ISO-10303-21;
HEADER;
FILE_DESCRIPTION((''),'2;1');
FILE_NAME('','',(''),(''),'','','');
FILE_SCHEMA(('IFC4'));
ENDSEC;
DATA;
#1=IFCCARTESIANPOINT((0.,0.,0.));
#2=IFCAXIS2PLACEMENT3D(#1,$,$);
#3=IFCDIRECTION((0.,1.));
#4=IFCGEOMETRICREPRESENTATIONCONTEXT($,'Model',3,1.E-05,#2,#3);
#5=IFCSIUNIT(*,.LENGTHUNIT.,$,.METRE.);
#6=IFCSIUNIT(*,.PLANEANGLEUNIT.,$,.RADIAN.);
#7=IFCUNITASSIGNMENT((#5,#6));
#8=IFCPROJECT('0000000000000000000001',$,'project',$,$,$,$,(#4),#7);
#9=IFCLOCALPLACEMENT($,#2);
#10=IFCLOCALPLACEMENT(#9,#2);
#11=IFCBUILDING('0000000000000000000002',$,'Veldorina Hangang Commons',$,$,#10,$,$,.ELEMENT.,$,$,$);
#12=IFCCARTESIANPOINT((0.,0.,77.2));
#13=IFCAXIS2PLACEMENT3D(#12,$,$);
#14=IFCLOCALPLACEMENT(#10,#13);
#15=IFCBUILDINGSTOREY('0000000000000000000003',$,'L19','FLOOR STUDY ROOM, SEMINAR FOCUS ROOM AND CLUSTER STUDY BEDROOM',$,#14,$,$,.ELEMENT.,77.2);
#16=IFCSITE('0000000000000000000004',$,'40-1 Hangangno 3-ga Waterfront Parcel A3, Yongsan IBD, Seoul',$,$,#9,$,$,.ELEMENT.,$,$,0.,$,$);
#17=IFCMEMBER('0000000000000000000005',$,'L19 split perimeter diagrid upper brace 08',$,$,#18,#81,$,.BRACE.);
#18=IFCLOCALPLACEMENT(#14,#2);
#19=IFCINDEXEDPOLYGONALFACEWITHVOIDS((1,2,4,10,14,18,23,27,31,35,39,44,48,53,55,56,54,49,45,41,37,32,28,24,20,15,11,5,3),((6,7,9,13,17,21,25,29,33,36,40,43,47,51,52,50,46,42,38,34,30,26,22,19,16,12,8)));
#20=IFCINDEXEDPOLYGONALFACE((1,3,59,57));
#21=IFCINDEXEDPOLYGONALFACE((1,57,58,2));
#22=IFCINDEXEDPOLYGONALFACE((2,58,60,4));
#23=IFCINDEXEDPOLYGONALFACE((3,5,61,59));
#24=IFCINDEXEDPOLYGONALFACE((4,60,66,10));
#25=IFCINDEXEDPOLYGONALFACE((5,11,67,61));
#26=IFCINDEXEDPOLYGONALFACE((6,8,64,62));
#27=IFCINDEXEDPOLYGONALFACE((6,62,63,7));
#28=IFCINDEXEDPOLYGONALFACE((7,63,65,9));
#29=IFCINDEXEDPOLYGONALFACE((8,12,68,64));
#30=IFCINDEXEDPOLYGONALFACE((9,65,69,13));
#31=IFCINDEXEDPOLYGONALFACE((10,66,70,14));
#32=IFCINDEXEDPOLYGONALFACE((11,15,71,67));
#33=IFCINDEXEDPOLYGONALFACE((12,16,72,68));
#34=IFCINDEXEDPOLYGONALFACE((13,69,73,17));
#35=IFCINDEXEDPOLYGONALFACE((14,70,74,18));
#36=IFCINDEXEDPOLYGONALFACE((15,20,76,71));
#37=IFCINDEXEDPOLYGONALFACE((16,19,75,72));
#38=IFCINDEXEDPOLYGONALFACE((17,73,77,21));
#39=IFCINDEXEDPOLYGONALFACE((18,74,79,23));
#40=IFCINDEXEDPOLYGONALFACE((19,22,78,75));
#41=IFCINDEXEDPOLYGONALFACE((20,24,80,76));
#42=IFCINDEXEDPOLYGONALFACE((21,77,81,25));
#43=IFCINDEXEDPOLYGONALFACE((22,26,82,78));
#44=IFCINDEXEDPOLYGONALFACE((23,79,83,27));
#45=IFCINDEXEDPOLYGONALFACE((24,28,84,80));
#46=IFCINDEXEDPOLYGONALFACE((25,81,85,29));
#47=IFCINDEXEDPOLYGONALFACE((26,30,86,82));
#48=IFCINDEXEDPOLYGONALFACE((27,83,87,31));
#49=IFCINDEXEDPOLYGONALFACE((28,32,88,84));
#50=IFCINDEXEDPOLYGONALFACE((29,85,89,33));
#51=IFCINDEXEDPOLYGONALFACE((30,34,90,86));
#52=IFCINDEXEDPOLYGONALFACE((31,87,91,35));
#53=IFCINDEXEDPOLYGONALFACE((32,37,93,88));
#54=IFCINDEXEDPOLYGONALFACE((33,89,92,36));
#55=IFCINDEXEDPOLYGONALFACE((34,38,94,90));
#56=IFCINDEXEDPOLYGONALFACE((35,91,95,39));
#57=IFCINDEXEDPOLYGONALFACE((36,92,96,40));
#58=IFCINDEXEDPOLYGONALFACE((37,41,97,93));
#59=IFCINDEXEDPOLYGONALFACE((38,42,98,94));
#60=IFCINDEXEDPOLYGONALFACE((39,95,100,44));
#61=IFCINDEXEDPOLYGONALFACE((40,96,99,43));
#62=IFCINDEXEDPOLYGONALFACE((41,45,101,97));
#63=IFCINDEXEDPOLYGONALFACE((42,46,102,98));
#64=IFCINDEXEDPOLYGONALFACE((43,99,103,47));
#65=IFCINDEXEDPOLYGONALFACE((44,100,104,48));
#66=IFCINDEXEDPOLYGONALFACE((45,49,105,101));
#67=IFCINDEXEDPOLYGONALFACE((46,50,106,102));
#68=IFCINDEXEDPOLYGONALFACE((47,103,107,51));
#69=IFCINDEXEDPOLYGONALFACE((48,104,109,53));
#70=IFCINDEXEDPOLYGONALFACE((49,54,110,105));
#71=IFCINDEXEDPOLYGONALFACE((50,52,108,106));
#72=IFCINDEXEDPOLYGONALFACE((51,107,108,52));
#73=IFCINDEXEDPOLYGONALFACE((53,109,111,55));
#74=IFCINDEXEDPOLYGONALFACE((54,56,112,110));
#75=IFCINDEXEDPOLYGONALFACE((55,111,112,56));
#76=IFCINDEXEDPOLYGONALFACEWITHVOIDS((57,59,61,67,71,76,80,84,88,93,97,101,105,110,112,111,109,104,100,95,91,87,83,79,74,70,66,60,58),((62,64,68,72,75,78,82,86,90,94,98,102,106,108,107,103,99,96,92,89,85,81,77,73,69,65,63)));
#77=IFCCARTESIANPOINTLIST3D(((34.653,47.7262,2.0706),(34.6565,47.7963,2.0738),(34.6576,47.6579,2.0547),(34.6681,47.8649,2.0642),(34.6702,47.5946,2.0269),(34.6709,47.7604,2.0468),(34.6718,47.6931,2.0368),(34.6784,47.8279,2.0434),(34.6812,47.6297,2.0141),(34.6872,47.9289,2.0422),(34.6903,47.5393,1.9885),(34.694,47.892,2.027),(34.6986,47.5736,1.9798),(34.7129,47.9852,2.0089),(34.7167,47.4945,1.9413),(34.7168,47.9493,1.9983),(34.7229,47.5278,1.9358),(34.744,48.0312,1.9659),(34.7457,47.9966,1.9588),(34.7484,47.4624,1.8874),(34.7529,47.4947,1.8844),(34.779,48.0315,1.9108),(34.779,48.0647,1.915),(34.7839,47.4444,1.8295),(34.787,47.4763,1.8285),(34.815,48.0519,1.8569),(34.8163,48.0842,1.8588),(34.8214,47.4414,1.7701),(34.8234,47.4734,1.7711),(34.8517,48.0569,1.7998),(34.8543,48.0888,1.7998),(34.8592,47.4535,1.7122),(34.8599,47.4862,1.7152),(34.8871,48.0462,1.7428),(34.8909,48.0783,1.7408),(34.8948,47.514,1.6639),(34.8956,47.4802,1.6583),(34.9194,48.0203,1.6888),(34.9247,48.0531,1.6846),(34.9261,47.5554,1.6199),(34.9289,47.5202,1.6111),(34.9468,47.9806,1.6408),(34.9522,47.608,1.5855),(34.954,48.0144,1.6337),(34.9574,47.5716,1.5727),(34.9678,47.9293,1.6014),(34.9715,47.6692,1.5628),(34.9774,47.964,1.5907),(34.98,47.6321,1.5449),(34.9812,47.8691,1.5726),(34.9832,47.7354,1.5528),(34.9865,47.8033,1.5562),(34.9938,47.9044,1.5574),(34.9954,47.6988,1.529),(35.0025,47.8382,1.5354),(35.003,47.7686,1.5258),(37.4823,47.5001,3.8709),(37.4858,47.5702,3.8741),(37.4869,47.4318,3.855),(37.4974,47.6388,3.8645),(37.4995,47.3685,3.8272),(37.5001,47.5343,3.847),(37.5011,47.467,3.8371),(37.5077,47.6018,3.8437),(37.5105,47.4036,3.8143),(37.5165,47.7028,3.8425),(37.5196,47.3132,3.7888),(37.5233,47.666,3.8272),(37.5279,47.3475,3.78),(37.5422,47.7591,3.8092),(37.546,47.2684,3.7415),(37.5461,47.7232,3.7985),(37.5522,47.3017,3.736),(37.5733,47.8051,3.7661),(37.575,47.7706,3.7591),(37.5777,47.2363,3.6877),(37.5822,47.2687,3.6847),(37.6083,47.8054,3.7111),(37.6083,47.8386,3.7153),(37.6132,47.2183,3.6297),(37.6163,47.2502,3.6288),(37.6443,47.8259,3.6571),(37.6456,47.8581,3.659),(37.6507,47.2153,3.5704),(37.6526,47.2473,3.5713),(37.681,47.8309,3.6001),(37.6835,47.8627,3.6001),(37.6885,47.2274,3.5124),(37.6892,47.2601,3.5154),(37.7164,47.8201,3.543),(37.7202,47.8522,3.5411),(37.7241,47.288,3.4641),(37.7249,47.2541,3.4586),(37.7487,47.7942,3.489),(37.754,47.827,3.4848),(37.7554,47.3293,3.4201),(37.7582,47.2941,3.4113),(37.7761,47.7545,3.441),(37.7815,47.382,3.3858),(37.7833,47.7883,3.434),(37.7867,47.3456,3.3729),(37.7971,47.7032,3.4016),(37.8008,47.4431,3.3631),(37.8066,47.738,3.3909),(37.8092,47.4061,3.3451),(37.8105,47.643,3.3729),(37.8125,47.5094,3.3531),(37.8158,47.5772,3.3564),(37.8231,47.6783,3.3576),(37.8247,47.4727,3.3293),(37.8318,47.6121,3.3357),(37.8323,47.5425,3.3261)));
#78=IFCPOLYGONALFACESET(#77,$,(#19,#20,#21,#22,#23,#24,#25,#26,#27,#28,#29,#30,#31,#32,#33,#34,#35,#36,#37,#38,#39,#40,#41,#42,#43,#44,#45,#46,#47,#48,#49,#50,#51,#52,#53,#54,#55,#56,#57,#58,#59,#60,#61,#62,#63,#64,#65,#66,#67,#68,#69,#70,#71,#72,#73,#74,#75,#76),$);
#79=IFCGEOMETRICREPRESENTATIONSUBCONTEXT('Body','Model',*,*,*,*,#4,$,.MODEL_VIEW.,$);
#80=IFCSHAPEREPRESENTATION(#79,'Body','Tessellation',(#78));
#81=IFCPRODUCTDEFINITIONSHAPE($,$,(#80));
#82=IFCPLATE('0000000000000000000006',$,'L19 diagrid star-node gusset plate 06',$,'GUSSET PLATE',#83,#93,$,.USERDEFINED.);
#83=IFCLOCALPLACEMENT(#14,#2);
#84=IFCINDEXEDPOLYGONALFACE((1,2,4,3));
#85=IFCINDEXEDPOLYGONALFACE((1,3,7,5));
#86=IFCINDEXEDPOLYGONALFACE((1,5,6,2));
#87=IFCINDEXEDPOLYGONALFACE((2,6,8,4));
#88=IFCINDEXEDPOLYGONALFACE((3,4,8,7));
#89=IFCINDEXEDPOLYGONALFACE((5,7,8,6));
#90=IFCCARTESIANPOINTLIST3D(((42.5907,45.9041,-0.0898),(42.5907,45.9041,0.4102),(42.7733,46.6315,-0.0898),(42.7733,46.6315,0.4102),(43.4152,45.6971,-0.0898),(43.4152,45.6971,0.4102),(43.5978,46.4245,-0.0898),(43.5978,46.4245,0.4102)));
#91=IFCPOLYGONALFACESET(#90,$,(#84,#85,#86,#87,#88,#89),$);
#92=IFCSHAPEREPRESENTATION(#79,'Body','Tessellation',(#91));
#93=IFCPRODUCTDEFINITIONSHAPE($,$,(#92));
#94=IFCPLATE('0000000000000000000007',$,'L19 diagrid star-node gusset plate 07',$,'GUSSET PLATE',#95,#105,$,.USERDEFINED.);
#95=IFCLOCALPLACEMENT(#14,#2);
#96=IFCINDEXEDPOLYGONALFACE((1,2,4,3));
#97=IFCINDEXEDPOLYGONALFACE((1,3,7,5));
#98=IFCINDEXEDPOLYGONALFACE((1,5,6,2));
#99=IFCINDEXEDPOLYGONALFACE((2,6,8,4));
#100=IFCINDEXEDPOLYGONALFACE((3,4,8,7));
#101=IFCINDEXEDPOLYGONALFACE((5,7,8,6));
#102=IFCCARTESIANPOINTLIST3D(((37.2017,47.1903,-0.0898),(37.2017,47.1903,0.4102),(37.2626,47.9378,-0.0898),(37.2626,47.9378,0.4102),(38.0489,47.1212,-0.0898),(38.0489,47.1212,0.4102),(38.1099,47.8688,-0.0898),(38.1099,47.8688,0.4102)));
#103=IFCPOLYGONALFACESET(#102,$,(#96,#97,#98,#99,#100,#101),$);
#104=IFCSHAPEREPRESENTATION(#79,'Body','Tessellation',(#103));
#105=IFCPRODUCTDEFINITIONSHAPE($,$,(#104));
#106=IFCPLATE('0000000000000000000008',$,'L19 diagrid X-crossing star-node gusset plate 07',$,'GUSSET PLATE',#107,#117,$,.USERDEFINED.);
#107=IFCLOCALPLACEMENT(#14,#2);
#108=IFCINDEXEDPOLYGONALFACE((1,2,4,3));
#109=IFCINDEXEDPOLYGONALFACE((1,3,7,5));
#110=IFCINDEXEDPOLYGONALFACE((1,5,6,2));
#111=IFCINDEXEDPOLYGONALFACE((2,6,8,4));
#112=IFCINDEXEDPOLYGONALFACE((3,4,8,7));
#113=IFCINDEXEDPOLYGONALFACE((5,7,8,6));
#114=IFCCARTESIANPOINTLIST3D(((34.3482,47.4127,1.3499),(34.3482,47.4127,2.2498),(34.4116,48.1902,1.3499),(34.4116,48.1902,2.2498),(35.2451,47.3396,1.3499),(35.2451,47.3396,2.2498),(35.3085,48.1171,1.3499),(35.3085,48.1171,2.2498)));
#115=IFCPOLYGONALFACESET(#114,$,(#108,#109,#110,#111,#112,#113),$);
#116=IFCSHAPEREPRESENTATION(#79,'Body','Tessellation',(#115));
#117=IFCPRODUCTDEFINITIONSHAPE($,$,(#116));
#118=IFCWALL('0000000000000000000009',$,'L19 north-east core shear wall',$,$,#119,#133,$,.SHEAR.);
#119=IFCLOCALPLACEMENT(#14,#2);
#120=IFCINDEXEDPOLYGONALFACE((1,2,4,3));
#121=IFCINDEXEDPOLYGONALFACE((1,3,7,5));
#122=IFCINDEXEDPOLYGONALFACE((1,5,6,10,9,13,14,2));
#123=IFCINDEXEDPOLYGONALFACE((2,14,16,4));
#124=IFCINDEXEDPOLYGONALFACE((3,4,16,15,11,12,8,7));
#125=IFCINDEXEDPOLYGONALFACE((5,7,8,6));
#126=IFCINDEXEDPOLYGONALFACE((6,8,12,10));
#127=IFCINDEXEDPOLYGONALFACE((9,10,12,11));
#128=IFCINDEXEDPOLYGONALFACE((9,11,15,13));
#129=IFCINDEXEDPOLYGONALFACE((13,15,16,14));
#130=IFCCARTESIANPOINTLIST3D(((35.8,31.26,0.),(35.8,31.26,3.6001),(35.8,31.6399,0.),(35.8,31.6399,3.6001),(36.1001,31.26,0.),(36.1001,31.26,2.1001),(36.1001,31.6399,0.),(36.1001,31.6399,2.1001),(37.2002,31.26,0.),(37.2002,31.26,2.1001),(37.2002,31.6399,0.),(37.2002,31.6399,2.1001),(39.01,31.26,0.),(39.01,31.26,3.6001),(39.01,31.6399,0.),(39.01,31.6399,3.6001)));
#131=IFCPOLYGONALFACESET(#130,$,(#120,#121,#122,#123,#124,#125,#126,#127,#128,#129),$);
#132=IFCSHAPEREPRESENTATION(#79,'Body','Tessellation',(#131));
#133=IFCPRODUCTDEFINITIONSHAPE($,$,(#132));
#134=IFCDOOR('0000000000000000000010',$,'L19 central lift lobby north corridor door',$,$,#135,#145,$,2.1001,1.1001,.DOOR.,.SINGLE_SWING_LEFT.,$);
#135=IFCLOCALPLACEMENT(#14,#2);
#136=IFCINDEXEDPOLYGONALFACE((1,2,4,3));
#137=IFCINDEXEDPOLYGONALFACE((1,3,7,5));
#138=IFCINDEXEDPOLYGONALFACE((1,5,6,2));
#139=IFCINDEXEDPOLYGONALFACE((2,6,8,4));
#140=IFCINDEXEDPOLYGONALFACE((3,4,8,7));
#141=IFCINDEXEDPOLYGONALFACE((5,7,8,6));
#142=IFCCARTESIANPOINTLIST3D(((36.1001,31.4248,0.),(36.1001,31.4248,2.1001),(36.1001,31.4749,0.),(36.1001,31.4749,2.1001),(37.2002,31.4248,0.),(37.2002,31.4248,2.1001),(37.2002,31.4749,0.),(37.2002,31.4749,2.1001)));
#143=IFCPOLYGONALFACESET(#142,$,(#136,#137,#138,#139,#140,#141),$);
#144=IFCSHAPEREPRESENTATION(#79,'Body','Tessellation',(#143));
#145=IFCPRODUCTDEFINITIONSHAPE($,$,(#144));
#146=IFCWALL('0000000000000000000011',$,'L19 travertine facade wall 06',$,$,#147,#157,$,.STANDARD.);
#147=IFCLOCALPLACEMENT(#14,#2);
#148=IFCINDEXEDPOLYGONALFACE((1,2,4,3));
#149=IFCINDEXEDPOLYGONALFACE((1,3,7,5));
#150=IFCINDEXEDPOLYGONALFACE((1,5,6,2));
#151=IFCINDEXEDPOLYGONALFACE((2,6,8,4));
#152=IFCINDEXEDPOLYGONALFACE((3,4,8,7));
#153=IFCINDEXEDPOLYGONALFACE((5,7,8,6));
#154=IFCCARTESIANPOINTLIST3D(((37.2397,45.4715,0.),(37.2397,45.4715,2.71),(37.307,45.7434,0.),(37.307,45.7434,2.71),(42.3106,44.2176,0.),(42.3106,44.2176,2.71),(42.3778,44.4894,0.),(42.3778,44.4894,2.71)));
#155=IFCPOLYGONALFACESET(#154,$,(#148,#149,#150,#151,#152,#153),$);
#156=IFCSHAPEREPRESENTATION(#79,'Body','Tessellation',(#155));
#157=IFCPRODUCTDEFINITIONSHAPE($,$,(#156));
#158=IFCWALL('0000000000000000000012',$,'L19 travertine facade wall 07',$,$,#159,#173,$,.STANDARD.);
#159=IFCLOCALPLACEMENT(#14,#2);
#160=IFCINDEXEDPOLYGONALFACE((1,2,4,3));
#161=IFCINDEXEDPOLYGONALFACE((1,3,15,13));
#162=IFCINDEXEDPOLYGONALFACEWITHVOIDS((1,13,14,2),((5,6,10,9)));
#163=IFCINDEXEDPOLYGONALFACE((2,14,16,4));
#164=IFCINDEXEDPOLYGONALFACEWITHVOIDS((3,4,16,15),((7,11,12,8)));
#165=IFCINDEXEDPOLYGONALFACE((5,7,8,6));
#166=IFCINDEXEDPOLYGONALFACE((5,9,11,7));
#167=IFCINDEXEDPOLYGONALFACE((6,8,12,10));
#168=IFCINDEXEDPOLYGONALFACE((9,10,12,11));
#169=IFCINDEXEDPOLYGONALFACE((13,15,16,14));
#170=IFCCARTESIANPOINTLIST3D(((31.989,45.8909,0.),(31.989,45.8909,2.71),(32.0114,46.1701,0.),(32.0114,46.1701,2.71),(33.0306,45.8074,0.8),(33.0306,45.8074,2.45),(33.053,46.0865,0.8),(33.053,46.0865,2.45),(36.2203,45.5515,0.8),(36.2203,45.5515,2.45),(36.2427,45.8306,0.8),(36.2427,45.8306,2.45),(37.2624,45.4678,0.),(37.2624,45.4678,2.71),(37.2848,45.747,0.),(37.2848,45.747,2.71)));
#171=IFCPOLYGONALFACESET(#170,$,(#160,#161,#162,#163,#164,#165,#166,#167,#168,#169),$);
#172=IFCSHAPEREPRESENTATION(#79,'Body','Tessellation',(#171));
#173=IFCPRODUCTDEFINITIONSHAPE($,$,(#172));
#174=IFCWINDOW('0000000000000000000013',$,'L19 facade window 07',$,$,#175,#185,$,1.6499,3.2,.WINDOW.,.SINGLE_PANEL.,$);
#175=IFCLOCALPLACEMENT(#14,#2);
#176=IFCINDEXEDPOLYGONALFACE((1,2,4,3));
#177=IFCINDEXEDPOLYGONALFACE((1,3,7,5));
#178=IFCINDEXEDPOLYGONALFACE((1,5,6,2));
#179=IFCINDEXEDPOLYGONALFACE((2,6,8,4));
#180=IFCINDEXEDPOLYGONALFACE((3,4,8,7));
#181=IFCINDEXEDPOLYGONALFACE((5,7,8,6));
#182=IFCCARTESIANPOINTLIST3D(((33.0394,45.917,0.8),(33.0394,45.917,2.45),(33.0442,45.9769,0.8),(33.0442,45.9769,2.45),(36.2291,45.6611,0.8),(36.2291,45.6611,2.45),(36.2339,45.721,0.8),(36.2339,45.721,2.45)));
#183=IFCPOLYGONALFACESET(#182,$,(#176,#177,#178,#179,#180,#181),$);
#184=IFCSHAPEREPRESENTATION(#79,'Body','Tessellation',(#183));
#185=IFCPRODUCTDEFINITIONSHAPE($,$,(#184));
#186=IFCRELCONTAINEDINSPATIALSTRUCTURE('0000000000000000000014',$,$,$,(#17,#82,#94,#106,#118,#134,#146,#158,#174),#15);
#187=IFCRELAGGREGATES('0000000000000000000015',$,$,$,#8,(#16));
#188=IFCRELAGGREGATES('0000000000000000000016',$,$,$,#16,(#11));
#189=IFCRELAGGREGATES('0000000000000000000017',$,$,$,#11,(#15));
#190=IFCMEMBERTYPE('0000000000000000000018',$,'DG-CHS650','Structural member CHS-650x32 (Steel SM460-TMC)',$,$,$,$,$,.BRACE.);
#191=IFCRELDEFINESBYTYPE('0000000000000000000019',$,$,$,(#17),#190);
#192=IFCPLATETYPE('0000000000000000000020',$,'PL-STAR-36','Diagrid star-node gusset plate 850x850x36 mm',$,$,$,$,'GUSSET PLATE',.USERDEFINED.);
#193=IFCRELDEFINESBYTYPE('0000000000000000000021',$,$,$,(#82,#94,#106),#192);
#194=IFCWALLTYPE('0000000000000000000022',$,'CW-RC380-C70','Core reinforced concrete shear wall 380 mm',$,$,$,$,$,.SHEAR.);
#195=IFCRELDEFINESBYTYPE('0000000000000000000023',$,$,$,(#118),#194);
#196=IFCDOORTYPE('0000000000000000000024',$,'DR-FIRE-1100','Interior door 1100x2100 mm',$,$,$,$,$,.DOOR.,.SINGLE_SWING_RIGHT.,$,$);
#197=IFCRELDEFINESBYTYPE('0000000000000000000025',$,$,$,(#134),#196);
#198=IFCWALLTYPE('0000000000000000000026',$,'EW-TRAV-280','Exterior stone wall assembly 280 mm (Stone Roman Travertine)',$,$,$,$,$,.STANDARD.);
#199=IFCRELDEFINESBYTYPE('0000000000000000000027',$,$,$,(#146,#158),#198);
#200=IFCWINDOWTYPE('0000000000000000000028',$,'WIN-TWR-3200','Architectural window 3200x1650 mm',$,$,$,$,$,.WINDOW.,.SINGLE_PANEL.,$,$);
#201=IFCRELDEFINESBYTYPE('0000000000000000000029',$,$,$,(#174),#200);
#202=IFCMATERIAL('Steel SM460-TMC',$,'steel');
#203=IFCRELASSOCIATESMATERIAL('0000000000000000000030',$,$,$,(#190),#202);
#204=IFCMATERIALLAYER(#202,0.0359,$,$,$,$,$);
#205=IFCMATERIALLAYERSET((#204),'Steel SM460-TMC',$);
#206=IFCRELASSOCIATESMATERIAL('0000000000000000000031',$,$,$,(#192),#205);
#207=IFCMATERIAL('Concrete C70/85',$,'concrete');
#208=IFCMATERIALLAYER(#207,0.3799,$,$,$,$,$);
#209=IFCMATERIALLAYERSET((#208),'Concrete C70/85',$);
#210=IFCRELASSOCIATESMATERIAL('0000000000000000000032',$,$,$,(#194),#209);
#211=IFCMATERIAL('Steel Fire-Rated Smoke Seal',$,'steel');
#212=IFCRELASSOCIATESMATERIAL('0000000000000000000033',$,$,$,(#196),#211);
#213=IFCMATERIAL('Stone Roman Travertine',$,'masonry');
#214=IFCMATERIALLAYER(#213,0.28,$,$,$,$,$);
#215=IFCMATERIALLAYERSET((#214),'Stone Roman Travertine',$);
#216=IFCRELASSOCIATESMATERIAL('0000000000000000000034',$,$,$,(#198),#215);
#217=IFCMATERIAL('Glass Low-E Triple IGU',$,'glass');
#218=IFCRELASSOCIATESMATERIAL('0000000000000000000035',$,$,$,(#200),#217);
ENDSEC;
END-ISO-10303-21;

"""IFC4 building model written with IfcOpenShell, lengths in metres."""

from ifc_helpers import new_model, si_unit, direction, frame, frame_2d, origin, origin_2d, place, context, subcontext, project, spatial, rectangle, hollow_circle, extrude, material, layer, layer_set, material_profile, profile_set, type_object, element, fill, save


model = new_model("IFC4")

# Units and contexts
model_context = context("Model", 3, precision=1e-05, world=origin(), true_north=direction((0.0, 1.0)))
body_context = subcontext(model_context, "Body", "Model", "MODEL_VIEW")
ifc_project = project(units=[si_unit("LENGTHUNIT", "METRE"), si_unit("PLANEANGLEUNIT", "RADIAN")], contexts=[model_context])

# Site, building, storey
site_placement = place(None, origin())
site = spatial("IfcSite", under=ifc_project, at=site_placement, Name="40-1 Hangangno 3-ga Waterfront Parcel A3, Yongsan IBD, Seoul", CompositionType="ELEMENT", RefElevation=0.0)
building_placement = place(site_placement, origin())
building = spatial("IfcBuilding", under=site, at=building_placement, Name="Veldorina Hangang Commons", CompositionType="ELEMENT")
storey_placement = place(building_placement, frame((0.0, 0.0, 77.2)))
storey = spatial("IfcBuildingStorey", under=building, at=storey_placement, Name="L19", Description="FLOOR STUDY ROOM, SEMINAR FOCUS ROOM AND CLUSTER STUDY BEDROOM", CompositionType="ELEMENT", Elevation=77.2)

# Member
ifc_material_1 = material(Name="Steel SM460-TMC", Category="steel")
ifc_material_profile_1 = material_profile(ifc_material_1, hollow_circle(Radius=0.325, WallThickness=0.032, at=origin_2d()), Name="CHS-650x32")
ifc_profile_set_1 = profile_set([ifc_material_profile_1], Name="Steel SM460-TMC")
member_type = type_object("IfcMemberType", Name="DG-CHS650", Description="Structural member CHS-650x32 (Steel SM460-TMC)", PredefinedType="BRACE", material=ifc_profile_set_1)
member_1_placement = place(storey_placement, frame((34.8284, 47.7649, 1.7998), z_axis=(0.841778, -0.067261, 0.535617), x_axis=(0.079649, 0.996823, 0.0)))
element("IfcMember", 1, at=member_1_placement, inside=storey, type_object=member_type, Name="L19 split perimeter diagrid upper brace 08", PredefinedType="BRACE", context=body_context, shape_type="SweptSolid", body=[
    extrude(hollow_circle(Radius=0.325, WallThickness=0.032, at=origin_2d()), origin(), (0.0, 0.0, 1.0), 3.3611),
])

# Plates
ifc_layer_1 = layer(ifc_material_1, 0.0359)
ifc_layer_set_1 = layer_set([ifc_layer_1], Name="Steel SM460-TMC")
plate_type = type_object("IfcPlateType", Name="PL-STAR-36", Description="Diagrid star-node gusset plate 850x850x36 mm", ElementType="GUSSET PLATE", PredefinedType="USERDEFINED", material=ifc_layer_set_1)
for number, where, z_axis, x_axis, name in (
    (2, (43.0942, 46.1643, -0.0898), (0.0, 0.0, 1.0), (-0.969906, 0.24348, 0.0), "L19 diagrid star-node gusset plate 06"),
    (3, (37.6558, 47.5295, -0.0898), (0.0, 0.0, 1.0), (-0.996694, 0.081243, 0.0), "L19 diagrid star-node gusset plate 07"),
):
    element("IfcPlate", number, at=place(storey_placement, frame(where, z_axis=z_axis, x_axis=x_axis)), inside=storey, type_object=plate_type, Name=name, ObjectType="GUSSET PLATE", PredefinedType="USERDEFINED", context=body_context, shape_type="SweptSolid", body=[
        extrude(rectangle(XDim=0.8501, YDim=0.75, at=origin_2d()), origin(), (0.0, 0.0, 1.0), 0.5),
    ])
plate_placement = place(storey_placement, frame((34.8284, 47.7649, 1.3499), z_axis=(0.0, 0.0, 1.0), x_axis=(-0.996694, 0.081243, 0.0)))
element("IfcPlate", 4, at=plate_placement, inside=storey, type_object=plate_type, Name="L19 diagrid X-crossing star-node gusset plate 07", ObjectType="GUSSET PLATE", PredefinedType="USERDEFINED", context=body_context, shape_type="SweptSolid", body=[
    extrude(rectangle(XDim=0.8999, YDim=0.78, at=origin_2d()), origin(), (0.0, 0.0, 1.0), 0.8999),
])

# Wall, opening, door
ifc_material_2 = material(Name="Concrete C70/85", Category="concrete")
ifc_layer_2 = layer(ifc_material_2, 0.3799)
ifc_layer_set_2 = layer_set([ifc_layer_2], Name="Concrete C70/85")
wall_type_1 = type_object("IfcWallType", Name="CW-RC380-C70", Description="Core reinforced concrete shear wall 380 mm", PredefinedType="SHEAR", material=ifc_layer_set_2)
wall_1_placement = place(storey_placement, frame((35.8, 31.45, 0.0), z_axis=(0.0, 0.0, 1.0), x_axis=(1.0, 0.0, 0.0)))
wall_1 = element("IfcWall", 5, at=wall_1_placement, inside=storey, type_object=wall_type_1, Name="L19 north-east core shear wall", PredefinedType="SHEAR", context=body_context, shape_type="SweptSolid", body=[
    extrude(rectangle(XDim=3.21, YDim=0.3799, at=frame_2d((1.605, 0.0))), origin(), (0.0, 0.0, 1.0), 3.6001),
])
opening_1_placement = place(wall_1_placement, frame((0.3, 0.0, 0.0)))
opening_1 = element("IfcOpeningElement", 6, at=opening_1_placement, cuts=wall_1, PredefinedType="OPENING", context=body_context, shape_type="SweptSolid", body=[
    extrude(rectangle(XDim=1.1001, YDim=2.1001, at=frame_2d((0.55, 1.05))), frame((0.0, 0.2, 0.0), z_axis=(0.0, -1.0, 0.0), x_axis=(1.0, 0.0, 0.0)), (0.0, 0.0, 1.0), 0.3999),
])
ifc_material_3 = material(Name="Steel Fire-Rated Smoke Seal", Category="steel")
door_type_1 = type_object("IfcDoorType", Name="DR-FIRE-1100", Description="Interior door 1100x2100 mm", OperationType="SINGLE_SWING_RIGHT", PredefinedType="DOOR", material=ifc_material_3)
door_1_placement = place(opening_1_placement, origin())
door_1 = element("IfcDoor", 7, at=door_1_placement, inside=storey, type_object=door_type_1, Name="L19 central lift lobby north corridor door", OperationType="SINGLE_SWING_LEFT", OverallHeight=2.1001, OverallWidth=1.1001, PredefinedType="DOOR", context=body_context, shape_type="SweptSolid", body=[
    extrude(rectangle(XDim=1.1001, YDim=2.1001, at=frame_2d((0.55, 1.05))), frame((0.0, 0.0249, 0.0), z_axis=(0.0, -1.0, 0.0), x_axis=(1.0, 0.0, 0.0)), (0.0, 0.0, 1.0), 0.05),
])
fill(opening_1, door_1)

# Wall
ifc_material_4 = material(Name="Stone Roman Travertine", Category="masonry")
ifc_layer_3 = layer(ifc_material_4, 0.28)
ifc_layer_set_3 = layer_set([ifc_layer_3], Name="Stone Roman Travertine")
wall_type_2 = type_object("IfcWallType", Name="EW-TRAV-280", Description="Exterior stone wall assembly 280 mm (Stone Roman Travertine)", PredefinedType="STANDARD", material=ifc_layer_set_3)
wall_2_placement = place(storey_placement, frame((42.3442, 44.3535, 0.0), z_axis=(0.0, 0.0, 1.0), x_axis=(-0.970761, 0.240049, 0.0)))
element("IfcWall", 8, at=wall_2_placement, inside=storey, type_object=wall_type_2, Name="L19 travertine facade wall 06", PredefinedType="STANDARD", context=body_context, shape_type="SweptSolid", body=[
    extrude(rectangle(XDim=5.2236, YDim=0.28, at=frame_2d((2.6118, 0.0))), origin(), (0.0, 0.0, 1.0), 2.71),
])

# Wall, opening, window
wall_3_placement = place(storey_placement, frame((37.2734, 45.6074, 0.0), z_axis=(0.0, 0.0, 1.0), x_axis=(-0.996797, 0.079974, 0.0)))
wall_3 = element("IfcWall", 9, at=wall_3_placement, inside=storey, type_object=wall_type_2, Name="L19 travertine facade wall 07", PredefinedType="STANDARD", context=body_context, shape_type="SweptSolid", body=[
    extrude(rectangle(XDim=5.2903, YDim=0.28, at=frame_2d((2.645, 0.0))), origin(), (0.0, 0.0, 1.0), 2.71),
])
opening_2_placement = place(wall_3_placement, frame((1.0452, 0.0, 0.8)))
opening_2 = element("IfcOpeningElement", 10, at=opening_2_placement, cuts=wall_3, PredefinedType="OPENING", context=body_context, shape_type="SweptSolid", body=[
    extrude(rectangle(XDim=3.2, YDim=1.6499, at=frame_2d((1.6001, 0.825))), frame((0.0, 0.1499, 0.0), z_axis=(0.0, -1.0, 0.0), x_axis=(1.0, 0.0, 0.0)), (0.0, 0.0, 1.0), 0.3),
])
ifc_material_5 = material(Name="Glass Low-E Triple IGU", Category="glass")
window_type = type_object("IfcWindowType", Name="WIN-TWR-3200", Description="Architectural window 3200x1650 mm", PartitioningType="SINGLE_PANEL", PredefinedType="WINDOW", material=ifc_material_5)
window_placement = place(opening_2_placement, origin())
window = element("IfcWindow", 11, at=window_placement, inside=storey, type_object=window_type, Name="L19 facade window 07", OverallHeight=1.6499, OverallWidth=3.2, PartitioningType="SINGLE_PANEL", PredefinedType="WINDOW", context=body_context, shape_type="SweptSolid", body=[
    extrude(rectangle(XDim=3.2, YDim=1.6499, at=frame_2d((1.6001, 0.825))), frame((0.0, 0.03, 0.0), z_axis=(0.0, -1.0, 0.0), x_axis=(1.0, 0.0, 0.0)), (0.0, 0.0, 1.0), 0.0601),
])
fill(opening_2, window)

save(model, "model.ifc")
